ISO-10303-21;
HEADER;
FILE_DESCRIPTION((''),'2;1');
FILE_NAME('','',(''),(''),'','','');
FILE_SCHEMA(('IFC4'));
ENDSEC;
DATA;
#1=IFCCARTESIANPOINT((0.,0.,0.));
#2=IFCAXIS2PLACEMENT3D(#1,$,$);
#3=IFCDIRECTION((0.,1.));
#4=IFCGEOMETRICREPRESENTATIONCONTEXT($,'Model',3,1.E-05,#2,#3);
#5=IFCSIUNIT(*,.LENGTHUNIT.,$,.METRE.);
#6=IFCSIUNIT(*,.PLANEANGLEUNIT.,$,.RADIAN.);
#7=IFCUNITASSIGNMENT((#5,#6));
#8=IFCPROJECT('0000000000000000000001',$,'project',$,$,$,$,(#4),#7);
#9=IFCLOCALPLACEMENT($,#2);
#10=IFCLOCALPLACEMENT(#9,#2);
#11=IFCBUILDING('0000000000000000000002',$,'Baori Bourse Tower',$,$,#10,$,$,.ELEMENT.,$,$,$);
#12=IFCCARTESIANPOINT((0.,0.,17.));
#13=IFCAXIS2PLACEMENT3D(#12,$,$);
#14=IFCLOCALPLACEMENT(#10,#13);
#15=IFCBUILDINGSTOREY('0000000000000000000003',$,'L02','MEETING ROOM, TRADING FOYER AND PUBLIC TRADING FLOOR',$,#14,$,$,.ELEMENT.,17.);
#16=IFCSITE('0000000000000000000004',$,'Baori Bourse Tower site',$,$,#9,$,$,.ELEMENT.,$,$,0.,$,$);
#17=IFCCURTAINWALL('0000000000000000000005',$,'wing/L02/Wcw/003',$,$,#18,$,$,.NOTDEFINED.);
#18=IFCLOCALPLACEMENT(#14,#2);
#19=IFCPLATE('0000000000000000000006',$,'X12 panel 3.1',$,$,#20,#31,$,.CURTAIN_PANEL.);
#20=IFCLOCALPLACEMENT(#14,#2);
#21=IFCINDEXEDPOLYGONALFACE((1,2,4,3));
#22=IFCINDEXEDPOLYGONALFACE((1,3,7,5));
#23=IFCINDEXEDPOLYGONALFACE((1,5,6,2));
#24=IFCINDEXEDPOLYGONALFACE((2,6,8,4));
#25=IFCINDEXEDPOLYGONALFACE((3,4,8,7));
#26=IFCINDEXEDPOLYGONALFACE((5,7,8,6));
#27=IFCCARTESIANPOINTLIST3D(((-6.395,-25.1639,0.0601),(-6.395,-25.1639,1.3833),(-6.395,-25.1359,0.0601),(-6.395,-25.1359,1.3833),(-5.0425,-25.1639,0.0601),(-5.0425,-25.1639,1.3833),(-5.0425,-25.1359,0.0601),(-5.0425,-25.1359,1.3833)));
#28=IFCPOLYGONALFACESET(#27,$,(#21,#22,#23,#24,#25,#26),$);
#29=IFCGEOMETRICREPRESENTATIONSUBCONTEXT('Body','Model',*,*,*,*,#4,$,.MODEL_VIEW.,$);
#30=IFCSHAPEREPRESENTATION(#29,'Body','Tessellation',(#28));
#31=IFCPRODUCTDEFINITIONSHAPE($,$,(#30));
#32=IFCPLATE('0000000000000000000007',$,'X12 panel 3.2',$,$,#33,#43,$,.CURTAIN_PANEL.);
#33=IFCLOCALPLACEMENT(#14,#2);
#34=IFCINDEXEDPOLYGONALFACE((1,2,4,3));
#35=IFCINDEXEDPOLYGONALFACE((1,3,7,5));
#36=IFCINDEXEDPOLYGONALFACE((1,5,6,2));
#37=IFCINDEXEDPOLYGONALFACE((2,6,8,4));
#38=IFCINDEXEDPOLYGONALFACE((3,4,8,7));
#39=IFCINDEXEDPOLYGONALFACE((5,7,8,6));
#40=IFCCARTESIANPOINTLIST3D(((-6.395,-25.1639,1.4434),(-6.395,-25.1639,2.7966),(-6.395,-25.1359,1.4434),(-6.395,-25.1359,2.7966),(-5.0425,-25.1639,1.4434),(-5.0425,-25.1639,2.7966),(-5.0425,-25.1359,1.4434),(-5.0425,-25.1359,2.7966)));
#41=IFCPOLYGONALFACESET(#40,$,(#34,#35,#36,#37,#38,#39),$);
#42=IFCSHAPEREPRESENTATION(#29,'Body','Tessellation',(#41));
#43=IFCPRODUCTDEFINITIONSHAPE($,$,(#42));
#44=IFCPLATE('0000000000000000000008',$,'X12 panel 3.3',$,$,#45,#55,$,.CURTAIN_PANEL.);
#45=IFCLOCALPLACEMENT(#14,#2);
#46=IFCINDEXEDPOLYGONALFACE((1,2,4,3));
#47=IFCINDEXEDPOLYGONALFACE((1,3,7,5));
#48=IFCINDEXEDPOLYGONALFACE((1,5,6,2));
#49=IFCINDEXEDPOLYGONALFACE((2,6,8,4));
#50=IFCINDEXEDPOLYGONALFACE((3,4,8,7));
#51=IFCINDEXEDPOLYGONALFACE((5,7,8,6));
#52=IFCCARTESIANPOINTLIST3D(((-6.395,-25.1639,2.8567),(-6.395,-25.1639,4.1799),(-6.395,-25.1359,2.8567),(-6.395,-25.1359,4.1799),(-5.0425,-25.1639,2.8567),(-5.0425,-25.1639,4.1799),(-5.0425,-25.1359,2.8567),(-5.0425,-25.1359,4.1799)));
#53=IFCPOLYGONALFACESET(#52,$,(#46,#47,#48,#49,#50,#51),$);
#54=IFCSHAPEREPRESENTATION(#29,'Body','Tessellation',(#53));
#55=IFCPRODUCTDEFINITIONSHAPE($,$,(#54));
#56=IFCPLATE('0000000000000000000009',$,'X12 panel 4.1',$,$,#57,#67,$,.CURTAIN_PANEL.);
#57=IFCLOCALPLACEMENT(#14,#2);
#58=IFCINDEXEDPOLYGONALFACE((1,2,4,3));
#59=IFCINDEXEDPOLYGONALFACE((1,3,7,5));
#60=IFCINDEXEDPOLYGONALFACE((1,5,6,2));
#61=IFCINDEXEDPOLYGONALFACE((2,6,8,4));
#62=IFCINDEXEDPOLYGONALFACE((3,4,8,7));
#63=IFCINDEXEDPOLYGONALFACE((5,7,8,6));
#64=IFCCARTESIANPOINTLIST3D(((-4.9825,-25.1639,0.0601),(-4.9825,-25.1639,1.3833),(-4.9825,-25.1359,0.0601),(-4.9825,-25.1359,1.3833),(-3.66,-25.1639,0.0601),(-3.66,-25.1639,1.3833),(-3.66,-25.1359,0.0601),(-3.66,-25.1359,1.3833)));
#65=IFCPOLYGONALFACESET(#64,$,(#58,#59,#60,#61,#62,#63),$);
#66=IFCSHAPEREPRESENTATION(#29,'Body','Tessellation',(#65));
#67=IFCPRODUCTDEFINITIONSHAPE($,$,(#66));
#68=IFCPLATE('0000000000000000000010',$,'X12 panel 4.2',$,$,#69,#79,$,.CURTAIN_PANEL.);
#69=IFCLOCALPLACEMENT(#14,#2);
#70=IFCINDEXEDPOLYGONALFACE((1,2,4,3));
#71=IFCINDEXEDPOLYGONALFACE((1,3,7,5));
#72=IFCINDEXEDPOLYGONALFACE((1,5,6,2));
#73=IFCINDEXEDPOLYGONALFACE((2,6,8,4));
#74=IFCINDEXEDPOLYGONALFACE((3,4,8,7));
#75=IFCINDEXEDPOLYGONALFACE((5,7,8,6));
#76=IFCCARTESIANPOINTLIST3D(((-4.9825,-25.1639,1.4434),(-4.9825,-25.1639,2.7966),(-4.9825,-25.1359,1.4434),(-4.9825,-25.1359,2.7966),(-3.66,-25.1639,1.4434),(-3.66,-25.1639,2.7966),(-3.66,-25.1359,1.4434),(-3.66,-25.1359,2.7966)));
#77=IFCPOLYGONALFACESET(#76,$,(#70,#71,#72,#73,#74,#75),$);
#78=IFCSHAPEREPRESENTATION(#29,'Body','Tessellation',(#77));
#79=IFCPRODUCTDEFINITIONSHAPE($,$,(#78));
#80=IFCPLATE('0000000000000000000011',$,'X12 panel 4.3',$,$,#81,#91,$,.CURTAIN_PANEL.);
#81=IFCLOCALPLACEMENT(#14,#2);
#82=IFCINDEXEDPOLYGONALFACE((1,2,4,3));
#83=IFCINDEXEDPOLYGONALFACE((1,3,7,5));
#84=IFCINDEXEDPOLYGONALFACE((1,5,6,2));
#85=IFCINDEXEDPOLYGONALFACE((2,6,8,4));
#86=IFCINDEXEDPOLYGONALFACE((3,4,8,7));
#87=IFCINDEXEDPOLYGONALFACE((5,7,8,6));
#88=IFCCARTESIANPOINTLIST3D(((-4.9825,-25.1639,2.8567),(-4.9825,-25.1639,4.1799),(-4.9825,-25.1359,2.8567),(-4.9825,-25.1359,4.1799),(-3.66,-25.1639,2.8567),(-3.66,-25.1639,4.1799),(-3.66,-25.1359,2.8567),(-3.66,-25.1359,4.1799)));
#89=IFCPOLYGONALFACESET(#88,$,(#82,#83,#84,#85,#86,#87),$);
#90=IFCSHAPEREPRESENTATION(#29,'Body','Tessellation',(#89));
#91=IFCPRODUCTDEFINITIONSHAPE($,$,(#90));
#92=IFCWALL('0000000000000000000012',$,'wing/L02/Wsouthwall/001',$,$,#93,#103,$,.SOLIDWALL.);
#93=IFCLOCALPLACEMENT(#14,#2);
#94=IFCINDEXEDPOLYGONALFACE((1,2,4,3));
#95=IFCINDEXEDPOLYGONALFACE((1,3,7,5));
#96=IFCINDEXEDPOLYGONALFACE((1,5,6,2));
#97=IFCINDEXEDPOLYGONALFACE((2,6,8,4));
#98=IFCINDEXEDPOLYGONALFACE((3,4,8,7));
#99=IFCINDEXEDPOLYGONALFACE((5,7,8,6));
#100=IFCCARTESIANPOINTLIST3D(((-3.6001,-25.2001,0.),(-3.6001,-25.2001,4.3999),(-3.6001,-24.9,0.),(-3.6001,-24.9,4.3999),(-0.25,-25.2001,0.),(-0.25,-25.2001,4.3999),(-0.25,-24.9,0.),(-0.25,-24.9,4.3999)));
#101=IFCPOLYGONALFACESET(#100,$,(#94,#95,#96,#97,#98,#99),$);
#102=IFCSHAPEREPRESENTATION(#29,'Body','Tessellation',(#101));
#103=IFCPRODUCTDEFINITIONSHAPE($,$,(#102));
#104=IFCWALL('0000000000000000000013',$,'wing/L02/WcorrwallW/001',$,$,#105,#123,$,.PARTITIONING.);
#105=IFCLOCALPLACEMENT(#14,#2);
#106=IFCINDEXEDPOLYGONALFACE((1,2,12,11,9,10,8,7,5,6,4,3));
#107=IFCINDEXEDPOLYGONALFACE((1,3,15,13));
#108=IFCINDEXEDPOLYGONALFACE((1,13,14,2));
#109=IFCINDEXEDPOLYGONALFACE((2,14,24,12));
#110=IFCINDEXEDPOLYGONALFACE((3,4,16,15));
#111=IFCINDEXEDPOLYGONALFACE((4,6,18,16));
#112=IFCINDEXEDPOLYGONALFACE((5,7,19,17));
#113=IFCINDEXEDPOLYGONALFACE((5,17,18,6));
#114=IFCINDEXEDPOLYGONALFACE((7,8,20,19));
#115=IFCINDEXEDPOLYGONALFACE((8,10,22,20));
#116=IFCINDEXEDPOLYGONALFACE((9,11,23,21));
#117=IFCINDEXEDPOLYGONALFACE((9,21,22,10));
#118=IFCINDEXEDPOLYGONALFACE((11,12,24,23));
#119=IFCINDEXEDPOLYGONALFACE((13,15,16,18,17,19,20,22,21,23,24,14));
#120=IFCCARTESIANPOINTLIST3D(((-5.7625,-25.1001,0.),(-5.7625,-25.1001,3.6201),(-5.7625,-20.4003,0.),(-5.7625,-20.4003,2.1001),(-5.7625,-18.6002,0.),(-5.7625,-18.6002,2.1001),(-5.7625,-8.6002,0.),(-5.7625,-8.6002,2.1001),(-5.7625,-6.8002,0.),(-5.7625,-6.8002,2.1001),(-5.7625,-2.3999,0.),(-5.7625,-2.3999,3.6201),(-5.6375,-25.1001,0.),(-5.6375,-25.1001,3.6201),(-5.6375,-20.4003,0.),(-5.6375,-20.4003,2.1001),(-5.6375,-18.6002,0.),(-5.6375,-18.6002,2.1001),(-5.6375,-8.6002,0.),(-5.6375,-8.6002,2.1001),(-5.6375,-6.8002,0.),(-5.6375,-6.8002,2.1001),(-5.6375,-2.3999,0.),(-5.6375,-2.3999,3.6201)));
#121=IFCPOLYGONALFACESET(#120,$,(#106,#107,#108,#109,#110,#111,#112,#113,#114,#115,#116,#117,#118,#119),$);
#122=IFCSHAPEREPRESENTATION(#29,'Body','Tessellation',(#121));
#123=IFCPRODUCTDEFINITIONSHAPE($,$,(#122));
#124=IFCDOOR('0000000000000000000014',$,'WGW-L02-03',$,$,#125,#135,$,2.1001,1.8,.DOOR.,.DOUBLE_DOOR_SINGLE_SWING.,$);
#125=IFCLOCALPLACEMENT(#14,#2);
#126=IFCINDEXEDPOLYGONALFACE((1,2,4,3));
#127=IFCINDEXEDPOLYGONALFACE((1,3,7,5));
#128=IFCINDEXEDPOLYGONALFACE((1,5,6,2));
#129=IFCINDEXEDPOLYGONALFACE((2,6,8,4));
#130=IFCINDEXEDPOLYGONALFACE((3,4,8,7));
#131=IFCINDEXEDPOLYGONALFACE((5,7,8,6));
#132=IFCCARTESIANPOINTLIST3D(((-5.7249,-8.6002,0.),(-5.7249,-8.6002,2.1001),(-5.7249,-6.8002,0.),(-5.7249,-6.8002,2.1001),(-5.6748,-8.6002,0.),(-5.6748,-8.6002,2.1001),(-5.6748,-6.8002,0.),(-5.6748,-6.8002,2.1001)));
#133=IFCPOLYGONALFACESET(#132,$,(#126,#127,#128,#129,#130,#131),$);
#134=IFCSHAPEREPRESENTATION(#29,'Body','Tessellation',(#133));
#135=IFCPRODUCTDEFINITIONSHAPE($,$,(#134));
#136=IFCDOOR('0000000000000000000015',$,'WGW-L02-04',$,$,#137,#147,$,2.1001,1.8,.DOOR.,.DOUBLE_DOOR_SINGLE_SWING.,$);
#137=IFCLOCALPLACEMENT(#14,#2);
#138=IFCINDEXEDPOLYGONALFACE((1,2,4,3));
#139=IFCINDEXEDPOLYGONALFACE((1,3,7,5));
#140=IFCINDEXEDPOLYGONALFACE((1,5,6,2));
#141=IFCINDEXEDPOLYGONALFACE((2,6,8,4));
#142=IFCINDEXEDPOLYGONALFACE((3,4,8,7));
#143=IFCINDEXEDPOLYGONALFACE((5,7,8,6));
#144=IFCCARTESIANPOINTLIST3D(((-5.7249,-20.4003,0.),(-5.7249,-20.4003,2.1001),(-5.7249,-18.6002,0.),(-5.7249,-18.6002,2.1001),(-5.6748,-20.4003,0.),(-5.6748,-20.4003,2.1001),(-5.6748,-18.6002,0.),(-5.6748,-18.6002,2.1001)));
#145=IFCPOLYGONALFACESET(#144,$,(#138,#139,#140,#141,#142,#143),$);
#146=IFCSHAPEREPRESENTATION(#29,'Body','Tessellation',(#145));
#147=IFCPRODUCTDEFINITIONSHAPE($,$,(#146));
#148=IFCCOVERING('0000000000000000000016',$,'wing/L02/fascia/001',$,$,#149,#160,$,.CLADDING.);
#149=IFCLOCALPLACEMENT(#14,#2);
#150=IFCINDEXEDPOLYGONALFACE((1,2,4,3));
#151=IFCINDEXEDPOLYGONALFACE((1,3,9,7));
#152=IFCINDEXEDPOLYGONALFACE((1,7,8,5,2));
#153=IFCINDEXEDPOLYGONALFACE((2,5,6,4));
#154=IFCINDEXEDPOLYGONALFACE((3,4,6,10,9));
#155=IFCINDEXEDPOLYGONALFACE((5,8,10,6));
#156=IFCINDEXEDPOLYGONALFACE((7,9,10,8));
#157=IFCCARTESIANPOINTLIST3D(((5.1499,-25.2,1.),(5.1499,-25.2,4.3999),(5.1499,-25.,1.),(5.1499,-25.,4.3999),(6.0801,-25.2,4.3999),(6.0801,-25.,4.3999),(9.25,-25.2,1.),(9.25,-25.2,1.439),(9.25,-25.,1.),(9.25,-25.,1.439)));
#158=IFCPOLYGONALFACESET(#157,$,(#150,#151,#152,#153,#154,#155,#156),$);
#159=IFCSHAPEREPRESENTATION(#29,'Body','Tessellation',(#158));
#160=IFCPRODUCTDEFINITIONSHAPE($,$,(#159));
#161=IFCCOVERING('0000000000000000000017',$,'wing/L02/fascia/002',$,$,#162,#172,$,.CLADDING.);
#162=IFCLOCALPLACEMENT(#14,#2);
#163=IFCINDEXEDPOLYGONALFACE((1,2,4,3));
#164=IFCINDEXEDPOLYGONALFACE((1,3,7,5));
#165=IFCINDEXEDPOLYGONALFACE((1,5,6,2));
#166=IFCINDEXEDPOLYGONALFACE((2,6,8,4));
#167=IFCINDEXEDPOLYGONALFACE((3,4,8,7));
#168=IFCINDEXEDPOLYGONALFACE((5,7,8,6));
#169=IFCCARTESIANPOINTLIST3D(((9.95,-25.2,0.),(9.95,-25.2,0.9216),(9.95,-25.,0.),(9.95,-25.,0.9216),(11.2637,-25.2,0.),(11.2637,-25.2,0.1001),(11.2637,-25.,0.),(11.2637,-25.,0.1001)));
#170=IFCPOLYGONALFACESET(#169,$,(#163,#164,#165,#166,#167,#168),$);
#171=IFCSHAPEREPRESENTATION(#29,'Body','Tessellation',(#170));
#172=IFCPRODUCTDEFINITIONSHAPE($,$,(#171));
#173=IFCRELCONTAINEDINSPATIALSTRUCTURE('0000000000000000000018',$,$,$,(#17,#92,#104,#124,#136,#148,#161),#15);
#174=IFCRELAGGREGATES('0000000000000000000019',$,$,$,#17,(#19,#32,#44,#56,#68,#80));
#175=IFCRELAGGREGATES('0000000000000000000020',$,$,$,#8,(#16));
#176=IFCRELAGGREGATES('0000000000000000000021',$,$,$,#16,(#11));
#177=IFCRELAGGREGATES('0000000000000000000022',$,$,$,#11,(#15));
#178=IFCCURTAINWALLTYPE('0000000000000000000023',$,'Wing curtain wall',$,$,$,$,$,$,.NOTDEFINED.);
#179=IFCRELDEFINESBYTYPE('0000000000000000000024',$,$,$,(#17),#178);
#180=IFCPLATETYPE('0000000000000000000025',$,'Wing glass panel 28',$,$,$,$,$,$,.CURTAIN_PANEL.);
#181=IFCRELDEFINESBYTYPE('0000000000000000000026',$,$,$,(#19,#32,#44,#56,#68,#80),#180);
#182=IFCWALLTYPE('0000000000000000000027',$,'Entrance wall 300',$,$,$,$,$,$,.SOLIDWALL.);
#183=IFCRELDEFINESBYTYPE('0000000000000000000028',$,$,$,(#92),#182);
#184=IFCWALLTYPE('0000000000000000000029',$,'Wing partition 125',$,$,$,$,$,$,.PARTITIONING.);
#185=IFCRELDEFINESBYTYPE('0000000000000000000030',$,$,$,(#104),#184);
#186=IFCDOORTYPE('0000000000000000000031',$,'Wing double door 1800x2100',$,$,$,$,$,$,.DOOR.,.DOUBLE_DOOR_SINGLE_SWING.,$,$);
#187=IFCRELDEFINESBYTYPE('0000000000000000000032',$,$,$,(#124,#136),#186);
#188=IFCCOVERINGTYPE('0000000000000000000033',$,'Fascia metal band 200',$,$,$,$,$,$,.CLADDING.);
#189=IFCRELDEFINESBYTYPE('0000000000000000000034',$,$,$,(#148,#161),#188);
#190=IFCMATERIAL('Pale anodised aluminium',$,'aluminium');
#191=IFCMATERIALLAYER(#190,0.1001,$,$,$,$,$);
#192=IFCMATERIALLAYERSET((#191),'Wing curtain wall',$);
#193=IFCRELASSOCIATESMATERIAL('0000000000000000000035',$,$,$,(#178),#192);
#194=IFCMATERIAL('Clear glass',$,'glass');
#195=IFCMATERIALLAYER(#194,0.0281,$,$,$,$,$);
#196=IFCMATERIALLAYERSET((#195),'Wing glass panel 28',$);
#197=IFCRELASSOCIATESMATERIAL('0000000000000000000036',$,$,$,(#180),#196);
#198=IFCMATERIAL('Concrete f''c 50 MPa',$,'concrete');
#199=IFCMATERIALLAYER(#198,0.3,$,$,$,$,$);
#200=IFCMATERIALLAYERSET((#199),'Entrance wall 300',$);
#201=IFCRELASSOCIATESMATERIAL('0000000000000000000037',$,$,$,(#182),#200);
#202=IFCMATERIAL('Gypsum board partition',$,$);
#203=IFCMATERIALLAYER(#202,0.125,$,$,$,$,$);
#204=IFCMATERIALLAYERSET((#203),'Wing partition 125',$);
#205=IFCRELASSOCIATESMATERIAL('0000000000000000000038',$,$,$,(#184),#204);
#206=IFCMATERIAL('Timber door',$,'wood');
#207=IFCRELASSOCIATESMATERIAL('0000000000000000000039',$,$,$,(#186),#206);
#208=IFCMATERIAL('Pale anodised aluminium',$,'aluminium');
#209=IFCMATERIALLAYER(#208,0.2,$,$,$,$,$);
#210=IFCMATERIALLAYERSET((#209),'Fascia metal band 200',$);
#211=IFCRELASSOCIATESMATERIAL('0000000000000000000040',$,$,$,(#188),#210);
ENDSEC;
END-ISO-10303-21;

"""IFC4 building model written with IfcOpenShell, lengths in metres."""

from ifc_helpers import new_model, si_unit, direction, frame, frame_2d, origin, origin_2d, place, context, subcontext, project, spatial, polyline, rectangle, outline, extrude, material, layer, layer_set, type_object, element, fill, aggregate, save


model = new_model("IFC4")

# Units and contexts
model_context = context("Model", 3, precision=1e-05, world=origin(), true_north=direction((0.0, 1.0)))
body_context = subcontext(model_context, "Body", "Model", "MODEL_VIEW")
ifc_project = project(units=[si_unit("LENGTHUNIT", "METRE"), si_unit("PLANEANGLEUNIT", "RADIAN")], contexts=[model_context])

# Site, building, storey
site_placement = place(None, origin())
site = spatial("IfcSite", under=ifc_project, at=site_placement, Name="Baori Bourse Tower site", CompositionType="ELEMENT", RefElevation=0.0)
building_placement = place(site_placement, origin())
building = spatial("IfcBuilding", under=site, at=building_placement, Name="Baori Bourse Tower", CompositionType="ELEMENT")
storey_placement = place(building_placement, frame((0.0, 0.0, 17.0)))
storey = spatial("IfcBuildingStorey", under=building, at=storey_placement, Name="L02", Description="MEETING ROOM, TRADING FOYER AND PUBLIC TRADING FLOOR", CompositionType="ELEMENT", Elevation=17.0)

# Curtain wall
ifc_material_1 = material(Name="Pale anodised aluminium", Category="aluminium")
ifc_layer_1 = layer(ifc_material_1, 0.1001)
ifc_layer_set_1 = layer_set([ifc_layer_1], Name="Wing curtain wall")
curtain_wall_type = type_object("IfcCurtainWallType", Name="Wing curtain wall", PredefinedType="NOTDEFINED", material=ifc_layer_set_1)
curtain_wall_placement = place(storey_placement, origin())
curtain_wall = element("IfcCurtainWall", 1, at=curtain_wall_placement, inside=storey, type_object=curtain_wall_type, Name="wing/L02/Wcw/003", PredefinedType="NOTDEFINED")

# Plates
ifc_material_2 = material(Name="Clear glass", Category="glass")
ifc_layer_2 = layer(ifc_material_2, 0.0281)
ifc_layer_set_2 = layer_set([ifc_layer_2], Name="Wing glass panel 28")
plate_type = type_object("IfcPlateType", Name="Wing glass panel 28", PredefinedType="CURTAIN_PANEL", material=ifc_layer_set_2)
plate_1_placement = place(storey_placement, frame((-5.7188, -25.1499, 0.0601), z_axis=(0.0, 0.0, 1.0), x_axis=(1.0, 0.0, 0.0)))
plate_1 = element("IfcPlate", 2, at=plate_1_placement, type_object=plate_type, Name="X12 panel 3.1", PredefinedType="CURTAIN_PANEL", context=body_context, shape_type="SweptSolid", body=[
    extrude(rectangle(XDim=1.3525, YDim=0.0281, at=origin_2d()), origin(), (0.0, 0.0, 1.0), 1.3232),
])
plate_2_placement = place(storey_placement, frame((-5.7188, -25.1499, 1.4434), z_axis=(0.0, 0.0, 1.0), x_axis=(1.0, 0.0, 0.0)))
plate_2 = element("IfcPlate", 3, at=plate_2_placement, type_object=plate_type, Name="X12 panel 3.2", PredefinedType="CURTAIN_PANEL", context=body_context, shape_type="SweptSolid", body=[
    extrude(rectangle(XDim=1.3525, YDim=0.0281, at=origin_2d()), origin(), (0.0, 0.0, 1.0), 1.3533),
])
plate_3_placement = place(storey_placement, frame((-5.7188, -25.1499, 2.8567), z_axis=(0.0, 0.0, 1.0), x_axis=(1.0, 0.0, 0.0)))
plate_3 = element("IfcPlate", 4, at=plate_3_placement, type_object=plate_type, Name="X12 panel 3.3", PredefinedType="CURTAIN_PANEL", context=body_context, shape_type="SweptSolid", body=[
    extrude(rectangle(XDim=1.3525, YDim=0.0281, at=origin_2d()), origin(), (0.0, 0.0, 1.0), 1.3232),
])
plate_4_placement = place(storey_placement, frame((-4.3213, -25.1499, 0.0601), z_axis=(0.0, 0.0, 1.0), x_axis=(1.0, 0.0, 0.0)))
plate_4 = element("IfcPlate", 5, at=plate_4_placement, type_object=plate_type, Name="X12 panel 4.1", PredefinedType="CURTAIN_PANEL", context=body_context, shape_type="SweptSolid", body=[
    extrude(rectangle(XDim=1.3225, YDim=0.0281, at=origin_2d()), origin(), (0.0, 0.0, 1.0), 1.3232),
])
plate_5_placement = place(storey_placement, frame((-4.3213, -25.1499, 1.4434), z_axis=(0.0, 0.0, 1.0), x_axis=(1.0, 0.0, 0.0)))
plate_5 = element("IfcPlate", 6, at=plate_5_placement, type_object=plate_type, Name="X12 panel 4.2", PredefinedType="CURTAIN_PANEL", context=body_context, shape_type="SweptSolid", body=[
    extrude(rectangle(XDim=1.3225, YDim=0.0281, at=origin_2d()), origin(), (0.0, 0.0, 1.0), 1.3533),
])
plate_6_placement = place(storey_placement, frame((-4.3213, -25.1499, 2.8567), z_axis=(0.0, 0.0, 1.0), x_axis=(1.0, 0.0, 0.0)))
plate_6 = element("IfcPlate", 7, at=plate_6_placement, type_object=plate_type, Name="X12 panel 4.3", PredefinedType="CURTAIN_PANEL", context=body_context, shape_type="SweptSolid", body=[
    extrude(rectangle(XDim=1.3225, YDim=0.0281, at=origin_2d()), origin(), (0.0, 0.0, 1.0), 1.3232),
])
aggregate(curtain_wall, [plate_1, plate_2, plate_3, plate_4, plate_5, plate_6])

# Wall
ifc_material_3 = material(Name="Concrete f'c 50 MPa", Category="concrete")
ifc_layer_3 = layer(ifc_material_3, 0.3)
ifc_layer_set_3 = layer_set([ifc_layer_3], Name="Entrance wall 300")
wall_type_1 = type_object("IfcWallType", Name="Entrance wall 300", PredefinedType="SOLIDWALL", material=ifc_layer_set_3)
wall_1_placement = place(storey_placement, frame((-3.6001, -25.05, 0.0), z_axis=(0.0, 0.0, 1.0), x_axis=(1.0, 0.0, 0.0)))
element("IfcWall", 8, at=wall_1_placement, inside=storey, type_object=wall_type_1, Name="wing/L02/Wsouthwall/001", PredefinedType="SOLIDWALL", context=body_context, shape_type="SweptSolid", body=[
    extrude(rectangle(XDim=3.3501, YDim=0.3, at=frame_2d((1.675, 0.0))), origin(), (0.0, 0.0, 1.0), 4.3999),
])

# Wall, openings, doors
ifc_material_4 = material(Name="Gypsum board partition")
ifc_layer_4 = layer(ifc_material_4, 0.125)
ifc_layer_set_4 = layer_set([ifc_layer_4], Name="Wing partition 125")
wall_type_2 = type_object("IfcWallType", Name="Wing partition 125", PredefinedType="PARTITIONING", material=ifc_layer_set_4)
wall_2_placement = place(storey_placement, frame((-5.7, -25.1001, 0.0), z_axis=(0.0, 0.0, 1.0), x_axis=(0.0, 1.0, 0.0)))
wall_2 = element("IfcWall", 9, at=wall_2_placement, inside=storey, type_object=wall_type_2, Name="wing/L02/WcorrwallW/001", PredefinedType="PARTITIONING", context=body_context, shape_type="SweptSolid", body=[
    extrude(rectangle(XDim=22.7002, YDim=0.125, at=frame_2d((11.3501, 0.0))), origin(), (0.0, 0.0, 1.0), 3.6201),
])
opening_1_placement = place(wall_2_placement, frame((16.5, 0.0, 0.0)))
opening_1 = element("IfcOpeningElement", 10, at=opening_1_placement, cuts=wall_2, PredefinedType="OPENING", context=body_context, shape_type="SweptSolid", body=[
    extrude(rectangle(XDim=1.8, YDim=2.1001, at=frame_2d((0.8999, 1.05))), frame((0.0, 0.0725, 0.0), z_axis=(0.0, -1.0, 0.0), x_axis=(1.0, 0.0, 0.0)), (0.0, 0.0, 1.0), 0.145),
])
opening_2_placement = place(wall_2_placement, frame((4.7, 0.0, 0.0)))
opening_2 = element("IfcOpeningElement", 11, at=opening_2_placement, cuts=wall_2, PredefinedType="OPENING", context=body_context, shape_type="SweptSolid", body=[
    extrude(rectangle(XDim=1.8, YDim=2.1001, at=frame_2d((0.8999, 1.05))), frame((0.0, 0.0725, 0.0), z_axis=(0.0, -1.0, 0.0), x_axis=(1.0, 0.0, 0.0)), (0.0, 0.0, 1.0), 0.145),
])
ifc_material_5 = material(Name="Timber door", Category="wood")
door_type = type_object("IfcDoorType", Name="Wing double door 1800x2100", OperationType="DOUBLE_DOOR_SINGLE_SWING", PredefinedType="DOOR", material=ifc_material_5)
door_1_placement = place(opening_1_placement, origin())
door_1 = element("IfcDoor", 12, at=door_1_placement, inside=storey, type_object=door_type, Name="WGW-L02-03", OperationType="DOUBLE_DOOR_SINGLE_SWING", OverallHeight=2.1001, OverallWidth=1.8, PredefinedType="DOOR", context=body_context, shape_type="SweptSolid", body=[
    extrude(rectangle(XDim=1.8, YDim=2.1001, at=frame_2d((0.8999, 1.05))), frame((0.0, 0.0249, 0.0), z_axis=(0.0, -1.0, 0.0), x_axis=(1.0, 0.0, 0.0)), (0.0, 0.0, 1.0), 0.05),
])
fill(opening_1, door_1)
door_2_placement = place(opening_2_placement, origin())
door_2 = element("IfcDoor", 13, at=door_2_placement, inside=storey, type_object=door_type, Name="WGW-L02-04", OperationType="DOUBLE_DOOR_SINGLE_SWING", OverallHeight=2.1001, OverallWidth=1.8, PredefinedType="DOOR", context=body_context, shape_type="SweptSolid", body=[
    extrude(rectangle(XDim=1.8, YDim=2.1001, at=frame_2d((0.8999, 1.05))), frame((0.0, 0.0249, 0.0), z_axis=(0.0, -1.0, 0.0), x_axis=(1.0, 0.0, 0.0)), (0.0, 0.0, 1.0), 0.05),
])
fill(opening_2, door_2)

# Coverings
ifc_material_6 = material(Name="Pale anodised aluminium", Category="aluminium")
ifc_layer_5 = layer(ifc_material_6, 0.2)
ifc_layer_set_5 = layer_set([ifc_layer_5], Name="Fascia metal band 200")
covering_type = type_object("IfcCoveringType", Name="Fascia metal band 200", PredefinedType="CLADDING", material=ifc_layer_set_5)
covering_1_placement = place(storey_placement, frame((5.1499, -25.1001, 1.0), z_axis=(0.0, 0.0, 1.0), x_axis=(1.0, 0.0, 0.0)))
element("IfcCovering", 14, at=covering_1_placement, inside=storey, type_object=covering_type, Name="wing/L02/fascia/001", PredefinedType="CLADDING", context=body_context, shape_type="SweptSolid", body=[
    extrude(outline(polyline([(0.0, 0.0), (4.1001, 0.0), (4.1001, 0.439), (0.9302, 3.3999), (0.0, 3.3999), (0.0, 0.0)])), frame((0.0, 0.1001, 0.0), z_axis=(0.0, -1.0, 0.0), x_axis=(1.0, 0.0, 0.0)), (0.0, 0.0, 1.0), 0.2),
])
covering_2_placement = place(storey_placement, frame((9.95, -25.1001, 0.0), z_axis=(0.0, 0.0, 1.0), x_axis=(1.0, 0.0, 0.0)))
element("IfcCovering", 15, at=covering_2_placement, inside=storey, type_object=covering_type, Name="wing/L02/fascia/002", PredefinedType="CLADDING", context=body_context, shape_type="SweptSolid", body=[
    extrude(outline(polyline([(0.0, 0.0), (1.3137, 0.0), (1.3137, 0.1001), (0.0, 0.9216), (0.0, 0.0)])), frame((0.0, 0.1001, 0.0), z_axis=(0.0, -1.0, 0.0), x_axis=(1.0, 0.0, 0.0)), (0.0, 0.0, 1.0), 0.2),
])

save(model, "model.ifc")
